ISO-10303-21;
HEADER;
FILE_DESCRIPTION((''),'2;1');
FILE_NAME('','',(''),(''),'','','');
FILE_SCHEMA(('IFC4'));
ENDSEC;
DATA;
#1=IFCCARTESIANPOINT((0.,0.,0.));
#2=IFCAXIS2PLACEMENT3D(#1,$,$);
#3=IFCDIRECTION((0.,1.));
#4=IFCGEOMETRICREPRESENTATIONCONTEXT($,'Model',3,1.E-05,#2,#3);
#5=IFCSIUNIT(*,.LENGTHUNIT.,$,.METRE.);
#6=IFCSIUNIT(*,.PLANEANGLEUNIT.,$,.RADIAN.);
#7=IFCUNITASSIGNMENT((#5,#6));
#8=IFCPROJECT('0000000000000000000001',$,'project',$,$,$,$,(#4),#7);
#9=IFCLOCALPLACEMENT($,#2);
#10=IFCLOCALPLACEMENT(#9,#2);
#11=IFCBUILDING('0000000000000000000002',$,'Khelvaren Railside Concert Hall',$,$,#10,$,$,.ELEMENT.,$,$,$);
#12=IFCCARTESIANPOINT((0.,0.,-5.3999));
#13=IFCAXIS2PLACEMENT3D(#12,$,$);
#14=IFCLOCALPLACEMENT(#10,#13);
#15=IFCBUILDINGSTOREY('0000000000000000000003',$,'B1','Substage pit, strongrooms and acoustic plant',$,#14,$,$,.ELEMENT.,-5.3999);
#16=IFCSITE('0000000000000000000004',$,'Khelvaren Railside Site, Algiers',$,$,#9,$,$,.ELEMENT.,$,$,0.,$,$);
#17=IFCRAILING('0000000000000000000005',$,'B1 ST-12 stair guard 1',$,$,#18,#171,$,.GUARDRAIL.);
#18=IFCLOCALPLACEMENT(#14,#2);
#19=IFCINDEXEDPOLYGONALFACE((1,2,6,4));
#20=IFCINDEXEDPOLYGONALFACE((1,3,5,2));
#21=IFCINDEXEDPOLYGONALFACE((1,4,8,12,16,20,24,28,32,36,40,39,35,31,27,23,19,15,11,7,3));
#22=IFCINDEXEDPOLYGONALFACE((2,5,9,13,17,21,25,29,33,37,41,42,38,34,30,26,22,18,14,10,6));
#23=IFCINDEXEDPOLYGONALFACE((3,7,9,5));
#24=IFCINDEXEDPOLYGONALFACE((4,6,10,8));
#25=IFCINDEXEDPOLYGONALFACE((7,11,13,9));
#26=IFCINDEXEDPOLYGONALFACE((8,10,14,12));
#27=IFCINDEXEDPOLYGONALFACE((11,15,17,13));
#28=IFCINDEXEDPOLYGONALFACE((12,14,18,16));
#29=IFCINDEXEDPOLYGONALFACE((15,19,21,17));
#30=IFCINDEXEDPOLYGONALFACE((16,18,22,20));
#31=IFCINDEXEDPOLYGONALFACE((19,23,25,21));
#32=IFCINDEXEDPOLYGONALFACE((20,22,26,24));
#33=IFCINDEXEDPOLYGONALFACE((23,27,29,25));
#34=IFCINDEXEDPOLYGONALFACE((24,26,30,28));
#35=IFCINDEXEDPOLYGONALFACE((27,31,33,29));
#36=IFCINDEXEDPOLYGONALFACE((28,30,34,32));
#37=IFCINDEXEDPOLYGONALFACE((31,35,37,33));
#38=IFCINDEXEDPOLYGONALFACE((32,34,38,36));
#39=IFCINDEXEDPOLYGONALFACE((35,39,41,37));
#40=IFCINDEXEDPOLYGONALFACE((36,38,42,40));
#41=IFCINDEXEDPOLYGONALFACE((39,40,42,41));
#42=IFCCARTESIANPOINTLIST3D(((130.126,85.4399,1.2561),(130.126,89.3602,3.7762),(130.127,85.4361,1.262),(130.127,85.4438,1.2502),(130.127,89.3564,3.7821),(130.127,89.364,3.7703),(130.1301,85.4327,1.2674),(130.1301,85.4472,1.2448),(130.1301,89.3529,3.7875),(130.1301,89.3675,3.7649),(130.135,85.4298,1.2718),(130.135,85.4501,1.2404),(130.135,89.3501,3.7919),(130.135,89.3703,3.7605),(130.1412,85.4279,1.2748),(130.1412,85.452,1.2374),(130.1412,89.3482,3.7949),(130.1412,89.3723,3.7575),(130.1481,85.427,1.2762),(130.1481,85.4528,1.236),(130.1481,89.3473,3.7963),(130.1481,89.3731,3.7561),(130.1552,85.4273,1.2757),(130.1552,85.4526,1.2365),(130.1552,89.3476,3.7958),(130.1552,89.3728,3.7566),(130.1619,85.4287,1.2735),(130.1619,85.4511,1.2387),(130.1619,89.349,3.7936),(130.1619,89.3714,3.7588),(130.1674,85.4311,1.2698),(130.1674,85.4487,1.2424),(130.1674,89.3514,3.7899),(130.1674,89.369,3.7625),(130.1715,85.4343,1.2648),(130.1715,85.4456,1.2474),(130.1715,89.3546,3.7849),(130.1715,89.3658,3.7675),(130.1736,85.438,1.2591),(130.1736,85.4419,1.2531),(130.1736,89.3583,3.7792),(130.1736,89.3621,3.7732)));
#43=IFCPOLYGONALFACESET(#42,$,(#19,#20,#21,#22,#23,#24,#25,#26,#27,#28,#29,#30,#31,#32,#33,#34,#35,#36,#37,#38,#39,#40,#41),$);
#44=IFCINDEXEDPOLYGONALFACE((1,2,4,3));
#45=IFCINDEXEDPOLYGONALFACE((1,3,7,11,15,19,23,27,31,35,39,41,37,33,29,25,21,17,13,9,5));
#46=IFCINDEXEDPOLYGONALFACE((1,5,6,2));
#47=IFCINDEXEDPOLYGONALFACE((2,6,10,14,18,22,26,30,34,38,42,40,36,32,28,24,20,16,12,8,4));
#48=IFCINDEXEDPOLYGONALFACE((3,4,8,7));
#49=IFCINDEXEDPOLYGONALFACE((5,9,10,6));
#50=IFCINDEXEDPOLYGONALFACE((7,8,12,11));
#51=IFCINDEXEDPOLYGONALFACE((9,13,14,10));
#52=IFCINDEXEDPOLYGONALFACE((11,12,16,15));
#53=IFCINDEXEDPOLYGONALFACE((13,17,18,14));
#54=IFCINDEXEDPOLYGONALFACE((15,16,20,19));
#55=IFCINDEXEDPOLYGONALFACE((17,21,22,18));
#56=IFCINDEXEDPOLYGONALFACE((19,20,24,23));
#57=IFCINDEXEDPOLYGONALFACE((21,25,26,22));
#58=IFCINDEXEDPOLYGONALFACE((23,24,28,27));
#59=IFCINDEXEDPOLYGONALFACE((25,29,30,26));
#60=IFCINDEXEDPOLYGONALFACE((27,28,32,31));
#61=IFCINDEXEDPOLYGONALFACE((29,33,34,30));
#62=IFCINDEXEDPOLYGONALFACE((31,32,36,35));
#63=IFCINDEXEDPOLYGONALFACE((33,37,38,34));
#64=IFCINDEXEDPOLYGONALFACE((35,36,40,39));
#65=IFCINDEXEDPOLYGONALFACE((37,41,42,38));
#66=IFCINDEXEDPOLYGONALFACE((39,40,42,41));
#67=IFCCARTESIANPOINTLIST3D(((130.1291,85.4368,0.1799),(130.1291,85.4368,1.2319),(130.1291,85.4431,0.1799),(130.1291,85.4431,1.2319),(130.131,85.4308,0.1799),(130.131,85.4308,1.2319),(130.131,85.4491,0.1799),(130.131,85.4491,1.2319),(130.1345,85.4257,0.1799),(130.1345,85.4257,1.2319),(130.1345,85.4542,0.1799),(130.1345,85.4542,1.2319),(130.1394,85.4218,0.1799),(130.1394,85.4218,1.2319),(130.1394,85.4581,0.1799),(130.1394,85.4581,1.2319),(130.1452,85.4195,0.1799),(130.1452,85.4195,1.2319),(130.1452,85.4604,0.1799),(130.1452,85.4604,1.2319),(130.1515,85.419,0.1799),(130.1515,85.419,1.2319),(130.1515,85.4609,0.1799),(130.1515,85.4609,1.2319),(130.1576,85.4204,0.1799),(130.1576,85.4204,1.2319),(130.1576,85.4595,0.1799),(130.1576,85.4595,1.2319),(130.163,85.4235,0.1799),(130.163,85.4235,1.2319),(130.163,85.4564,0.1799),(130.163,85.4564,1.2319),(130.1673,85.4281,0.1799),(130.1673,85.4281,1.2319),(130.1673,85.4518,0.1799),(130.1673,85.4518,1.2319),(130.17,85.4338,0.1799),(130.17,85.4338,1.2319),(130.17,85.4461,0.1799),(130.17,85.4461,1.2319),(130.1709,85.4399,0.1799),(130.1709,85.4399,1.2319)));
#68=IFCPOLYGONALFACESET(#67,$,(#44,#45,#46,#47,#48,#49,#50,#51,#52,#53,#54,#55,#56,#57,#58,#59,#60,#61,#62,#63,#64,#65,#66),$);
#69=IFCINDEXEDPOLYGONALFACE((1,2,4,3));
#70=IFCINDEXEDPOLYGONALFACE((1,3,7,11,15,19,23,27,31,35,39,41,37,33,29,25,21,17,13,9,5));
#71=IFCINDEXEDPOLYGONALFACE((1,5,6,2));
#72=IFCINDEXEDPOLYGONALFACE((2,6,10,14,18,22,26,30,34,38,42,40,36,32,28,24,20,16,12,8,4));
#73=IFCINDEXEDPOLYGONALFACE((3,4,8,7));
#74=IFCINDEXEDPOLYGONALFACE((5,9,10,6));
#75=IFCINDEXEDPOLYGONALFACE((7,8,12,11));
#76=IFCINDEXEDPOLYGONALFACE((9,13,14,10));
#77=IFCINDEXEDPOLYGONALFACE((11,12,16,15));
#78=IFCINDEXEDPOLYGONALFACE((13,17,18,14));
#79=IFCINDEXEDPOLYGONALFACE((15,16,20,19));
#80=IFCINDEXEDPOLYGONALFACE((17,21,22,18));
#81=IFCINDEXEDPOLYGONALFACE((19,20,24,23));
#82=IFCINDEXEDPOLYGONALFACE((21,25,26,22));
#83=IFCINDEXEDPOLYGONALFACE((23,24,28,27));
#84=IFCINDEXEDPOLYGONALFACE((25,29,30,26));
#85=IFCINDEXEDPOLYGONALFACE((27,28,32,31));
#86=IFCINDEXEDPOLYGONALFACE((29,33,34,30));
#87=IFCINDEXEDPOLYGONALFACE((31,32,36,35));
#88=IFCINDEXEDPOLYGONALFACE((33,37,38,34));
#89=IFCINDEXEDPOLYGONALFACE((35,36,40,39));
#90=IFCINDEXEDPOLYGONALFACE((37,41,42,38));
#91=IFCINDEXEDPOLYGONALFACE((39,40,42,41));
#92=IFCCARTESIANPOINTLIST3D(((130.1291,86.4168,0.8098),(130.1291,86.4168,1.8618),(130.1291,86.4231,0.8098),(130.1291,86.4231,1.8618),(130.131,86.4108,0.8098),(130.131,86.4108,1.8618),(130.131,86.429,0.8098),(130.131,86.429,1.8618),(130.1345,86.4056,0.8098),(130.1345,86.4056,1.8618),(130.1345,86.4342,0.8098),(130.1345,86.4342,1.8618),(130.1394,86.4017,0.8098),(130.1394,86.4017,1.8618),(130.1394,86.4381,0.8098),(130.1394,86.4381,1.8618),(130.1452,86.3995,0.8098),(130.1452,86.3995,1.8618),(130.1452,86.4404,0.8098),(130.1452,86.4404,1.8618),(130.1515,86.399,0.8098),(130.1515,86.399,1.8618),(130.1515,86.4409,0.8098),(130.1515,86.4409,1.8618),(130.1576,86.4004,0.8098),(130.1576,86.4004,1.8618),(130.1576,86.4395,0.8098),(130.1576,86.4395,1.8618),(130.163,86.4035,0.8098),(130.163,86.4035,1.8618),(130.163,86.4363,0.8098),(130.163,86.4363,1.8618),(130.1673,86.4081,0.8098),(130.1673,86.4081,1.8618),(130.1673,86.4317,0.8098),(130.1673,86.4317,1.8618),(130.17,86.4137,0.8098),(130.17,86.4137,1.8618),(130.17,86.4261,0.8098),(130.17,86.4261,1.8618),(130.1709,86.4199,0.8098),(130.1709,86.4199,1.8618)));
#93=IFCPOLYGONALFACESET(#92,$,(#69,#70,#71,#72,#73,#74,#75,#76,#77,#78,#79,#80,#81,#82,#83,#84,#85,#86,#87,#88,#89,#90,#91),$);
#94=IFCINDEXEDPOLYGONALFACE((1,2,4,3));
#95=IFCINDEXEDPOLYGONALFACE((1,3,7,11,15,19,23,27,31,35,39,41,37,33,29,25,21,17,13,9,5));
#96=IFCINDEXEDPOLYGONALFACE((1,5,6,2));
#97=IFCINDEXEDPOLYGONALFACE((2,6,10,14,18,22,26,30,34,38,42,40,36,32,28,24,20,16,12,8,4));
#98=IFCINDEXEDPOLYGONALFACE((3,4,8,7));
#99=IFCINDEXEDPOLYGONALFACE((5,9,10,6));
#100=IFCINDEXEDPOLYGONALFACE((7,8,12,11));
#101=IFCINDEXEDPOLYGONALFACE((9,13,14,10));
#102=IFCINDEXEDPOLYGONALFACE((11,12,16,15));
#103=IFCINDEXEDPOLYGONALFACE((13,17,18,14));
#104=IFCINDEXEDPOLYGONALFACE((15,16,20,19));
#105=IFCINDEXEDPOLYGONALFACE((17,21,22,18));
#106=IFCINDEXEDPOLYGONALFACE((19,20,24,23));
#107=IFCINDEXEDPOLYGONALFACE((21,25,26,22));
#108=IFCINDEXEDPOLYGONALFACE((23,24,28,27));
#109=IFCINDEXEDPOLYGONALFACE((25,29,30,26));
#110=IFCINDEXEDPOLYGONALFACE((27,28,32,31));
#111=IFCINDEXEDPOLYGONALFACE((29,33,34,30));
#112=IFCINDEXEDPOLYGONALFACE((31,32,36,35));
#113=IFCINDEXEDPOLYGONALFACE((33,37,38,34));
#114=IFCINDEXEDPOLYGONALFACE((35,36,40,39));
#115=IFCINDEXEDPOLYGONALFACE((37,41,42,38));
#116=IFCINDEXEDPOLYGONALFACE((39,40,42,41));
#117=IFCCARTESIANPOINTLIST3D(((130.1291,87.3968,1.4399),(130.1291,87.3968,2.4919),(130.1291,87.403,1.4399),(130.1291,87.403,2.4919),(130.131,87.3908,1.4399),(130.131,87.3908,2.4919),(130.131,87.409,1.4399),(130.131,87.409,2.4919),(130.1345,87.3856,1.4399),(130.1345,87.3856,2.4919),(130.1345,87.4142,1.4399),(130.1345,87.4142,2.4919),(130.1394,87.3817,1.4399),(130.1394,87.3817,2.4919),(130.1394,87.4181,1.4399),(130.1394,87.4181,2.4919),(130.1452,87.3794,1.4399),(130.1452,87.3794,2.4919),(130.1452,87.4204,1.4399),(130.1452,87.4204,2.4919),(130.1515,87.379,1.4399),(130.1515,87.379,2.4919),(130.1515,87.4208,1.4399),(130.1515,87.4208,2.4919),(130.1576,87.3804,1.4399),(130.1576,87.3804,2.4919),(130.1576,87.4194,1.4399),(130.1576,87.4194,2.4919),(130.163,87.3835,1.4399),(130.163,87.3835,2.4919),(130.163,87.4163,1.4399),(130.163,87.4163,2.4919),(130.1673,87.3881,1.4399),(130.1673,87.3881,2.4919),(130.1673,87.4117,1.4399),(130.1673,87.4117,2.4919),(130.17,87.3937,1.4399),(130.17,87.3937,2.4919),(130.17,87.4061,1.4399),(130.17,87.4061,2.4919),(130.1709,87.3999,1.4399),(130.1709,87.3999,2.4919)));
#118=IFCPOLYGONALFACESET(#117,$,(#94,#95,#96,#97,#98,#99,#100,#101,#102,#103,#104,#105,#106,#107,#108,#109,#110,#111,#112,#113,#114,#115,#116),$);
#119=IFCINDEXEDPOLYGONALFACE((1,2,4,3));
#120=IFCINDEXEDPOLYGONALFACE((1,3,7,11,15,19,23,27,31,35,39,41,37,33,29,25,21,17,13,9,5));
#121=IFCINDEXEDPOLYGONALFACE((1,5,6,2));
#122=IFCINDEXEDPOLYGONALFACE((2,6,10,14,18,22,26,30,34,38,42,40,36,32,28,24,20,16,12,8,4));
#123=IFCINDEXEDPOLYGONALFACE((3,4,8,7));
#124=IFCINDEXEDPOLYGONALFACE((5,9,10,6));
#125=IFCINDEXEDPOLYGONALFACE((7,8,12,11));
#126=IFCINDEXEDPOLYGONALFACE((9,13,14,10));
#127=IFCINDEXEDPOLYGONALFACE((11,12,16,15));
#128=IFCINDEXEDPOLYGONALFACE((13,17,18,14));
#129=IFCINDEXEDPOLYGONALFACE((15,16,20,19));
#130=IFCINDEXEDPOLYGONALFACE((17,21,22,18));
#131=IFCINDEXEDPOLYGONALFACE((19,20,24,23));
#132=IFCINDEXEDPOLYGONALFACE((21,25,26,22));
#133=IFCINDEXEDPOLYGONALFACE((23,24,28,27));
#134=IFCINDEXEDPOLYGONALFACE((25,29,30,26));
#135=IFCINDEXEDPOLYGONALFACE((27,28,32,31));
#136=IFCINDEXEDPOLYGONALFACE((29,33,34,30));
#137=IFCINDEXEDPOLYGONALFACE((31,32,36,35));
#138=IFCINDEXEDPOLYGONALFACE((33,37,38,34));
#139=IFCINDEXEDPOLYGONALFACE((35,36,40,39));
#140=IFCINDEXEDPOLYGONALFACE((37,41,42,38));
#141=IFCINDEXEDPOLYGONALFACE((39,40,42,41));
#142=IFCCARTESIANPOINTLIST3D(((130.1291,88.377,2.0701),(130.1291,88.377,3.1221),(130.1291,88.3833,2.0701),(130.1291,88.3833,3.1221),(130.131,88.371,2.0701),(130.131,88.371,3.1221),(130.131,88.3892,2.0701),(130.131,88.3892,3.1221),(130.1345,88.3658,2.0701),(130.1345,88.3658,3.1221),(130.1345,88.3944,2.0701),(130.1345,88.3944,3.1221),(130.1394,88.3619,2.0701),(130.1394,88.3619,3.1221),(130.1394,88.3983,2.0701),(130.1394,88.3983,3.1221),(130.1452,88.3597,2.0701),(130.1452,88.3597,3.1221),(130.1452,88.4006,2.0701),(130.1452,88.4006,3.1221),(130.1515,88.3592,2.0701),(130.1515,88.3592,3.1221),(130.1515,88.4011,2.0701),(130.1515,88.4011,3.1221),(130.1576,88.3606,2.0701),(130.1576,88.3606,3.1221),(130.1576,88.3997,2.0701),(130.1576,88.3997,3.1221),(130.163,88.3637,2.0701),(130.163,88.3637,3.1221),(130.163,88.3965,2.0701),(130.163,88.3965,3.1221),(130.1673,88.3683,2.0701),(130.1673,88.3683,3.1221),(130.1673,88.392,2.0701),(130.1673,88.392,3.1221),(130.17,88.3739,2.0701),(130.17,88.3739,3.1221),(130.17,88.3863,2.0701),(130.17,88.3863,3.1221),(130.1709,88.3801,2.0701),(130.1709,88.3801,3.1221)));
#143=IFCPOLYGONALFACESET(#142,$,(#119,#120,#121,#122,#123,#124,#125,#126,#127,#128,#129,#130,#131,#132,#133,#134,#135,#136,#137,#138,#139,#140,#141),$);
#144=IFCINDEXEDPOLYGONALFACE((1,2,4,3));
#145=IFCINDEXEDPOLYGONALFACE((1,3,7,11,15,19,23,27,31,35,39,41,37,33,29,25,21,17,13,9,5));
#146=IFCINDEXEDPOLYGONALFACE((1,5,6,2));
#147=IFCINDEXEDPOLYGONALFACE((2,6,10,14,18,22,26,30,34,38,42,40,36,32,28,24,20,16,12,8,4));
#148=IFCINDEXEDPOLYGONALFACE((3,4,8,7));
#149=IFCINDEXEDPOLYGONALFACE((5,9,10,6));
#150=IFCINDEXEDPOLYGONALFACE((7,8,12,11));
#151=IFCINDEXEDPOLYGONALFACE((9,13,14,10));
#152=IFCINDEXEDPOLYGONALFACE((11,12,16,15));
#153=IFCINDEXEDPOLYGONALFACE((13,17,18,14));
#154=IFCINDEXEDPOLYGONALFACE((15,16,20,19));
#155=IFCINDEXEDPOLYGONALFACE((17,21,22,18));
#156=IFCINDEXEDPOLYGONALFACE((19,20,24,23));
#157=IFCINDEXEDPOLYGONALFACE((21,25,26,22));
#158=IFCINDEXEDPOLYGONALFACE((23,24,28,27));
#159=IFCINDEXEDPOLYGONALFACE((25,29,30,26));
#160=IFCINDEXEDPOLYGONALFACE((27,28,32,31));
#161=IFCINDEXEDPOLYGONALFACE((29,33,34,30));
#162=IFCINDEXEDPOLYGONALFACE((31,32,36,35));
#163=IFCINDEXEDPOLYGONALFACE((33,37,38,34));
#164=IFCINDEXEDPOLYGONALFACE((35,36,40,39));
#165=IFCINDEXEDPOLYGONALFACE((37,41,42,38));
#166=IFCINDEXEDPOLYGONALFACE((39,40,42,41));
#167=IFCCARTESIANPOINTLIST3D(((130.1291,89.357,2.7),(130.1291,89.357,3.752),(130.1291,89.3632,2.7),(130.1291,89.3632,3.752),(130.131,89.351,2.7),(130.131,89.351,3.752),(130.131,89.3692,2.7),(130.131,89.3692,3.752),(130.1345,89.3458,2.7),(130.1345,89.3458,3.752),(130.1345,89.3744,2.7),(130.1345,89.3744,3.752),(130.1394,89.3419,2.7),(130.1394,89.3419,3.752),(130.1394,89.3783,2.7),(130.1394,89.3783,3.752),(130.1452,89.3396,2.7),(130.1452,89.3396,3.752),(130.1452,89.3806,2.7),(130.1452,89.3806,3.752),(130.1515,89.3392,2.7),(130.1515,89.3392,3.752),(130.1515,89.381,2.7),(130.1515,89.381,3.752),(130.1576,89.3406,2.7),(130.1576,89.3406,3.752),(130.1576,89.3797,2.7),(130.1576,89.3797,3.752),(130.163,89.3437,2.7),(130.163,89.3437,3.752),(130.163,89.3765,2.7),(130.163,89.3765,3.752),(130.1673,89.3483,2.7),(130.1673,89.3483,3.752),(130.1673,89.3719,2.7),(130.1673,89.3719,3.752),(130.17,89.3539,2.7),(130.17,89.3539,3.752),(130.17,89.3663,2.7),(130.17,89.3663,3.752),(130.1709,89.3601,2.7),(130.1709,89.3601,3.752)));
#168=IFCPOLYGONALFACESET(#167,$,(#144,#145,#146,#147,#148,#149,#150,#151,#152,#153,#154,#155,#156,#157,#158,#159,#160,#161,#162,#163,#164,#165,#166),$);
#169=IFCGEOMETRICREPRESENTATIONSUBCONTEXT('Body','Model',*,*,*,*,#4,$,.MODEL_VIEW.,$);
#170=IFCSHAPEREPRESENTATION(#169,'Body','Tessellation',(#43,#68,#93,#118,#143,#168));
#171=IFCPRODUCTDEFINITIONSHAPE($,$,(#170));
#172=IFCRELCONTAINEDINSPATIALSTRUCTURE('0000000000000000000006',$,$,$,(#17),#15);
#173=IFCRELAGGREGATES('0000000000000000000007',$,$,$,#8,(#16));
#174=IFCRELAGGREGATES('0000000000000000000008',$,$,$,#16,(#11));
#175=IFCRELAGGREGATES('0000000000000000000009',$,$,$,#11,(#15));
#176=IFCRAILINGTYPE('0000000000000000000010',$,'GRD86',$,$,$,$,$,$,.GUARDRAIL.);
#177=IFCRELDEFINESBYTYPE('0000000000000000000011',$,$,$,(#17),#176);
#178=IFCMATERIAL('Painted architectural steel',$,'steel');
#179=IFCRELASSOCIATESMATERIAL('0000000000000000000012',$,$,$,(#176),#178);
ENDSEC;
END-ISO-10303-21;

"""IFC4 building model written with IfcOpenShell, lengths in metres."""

from ifc_helpers import new_model, si_unit, direction, frame, origin, origin_2d, place, context, subcontext, project, spatial, circle, extrude, material, type_object, element, save


model = new_model("IFC4")

# Units and contexts
model_context = context("Model", 3, precision=1e-05, world=origin(), true_north=direction((0.0, 1.0)))
body_context = subcontext(model_context, "Body", "Model", "MODEL_VIEW")
ifc_project = project(units=[si_unit("LENGTHUNIT", "METRE"), si_unit("PLANEANGLEUNIT", "RADIAN")], contexts=[model_context])

# Site, building, storey
site_placement = place(None, origin())
site = spatial("IfcSite", under=ifc_project, at=site_placement, Name="Khelvaren Railside Site, Algiers", CompositionType="ELEMENT", RefElevation=0.0)
building_placement = place(site_placement, origin())
building = spatial("IfcBuilding", under=site, at=building_placement, Name="Khelvaren Railside Concert Hall", CompositionType="ELEMENT")
storey_placement = place(building_placement, frame((0.0, 0.0, -5.3999)))
storey = spatial("IfcBuildingStorey", under=building, at=storey_placement, Name="B1", Description="Substage pit, strongrooms and acoustic plant", CompositionType="ELEMENT", Elevation=-5.3999)

# Railing
ifc_material_1 = material(Name="Painted architectural steel", Category="steel")
railing_type_1 = type_object("IfcRailingType", Name="GRD86", PredefinedType="GUARDRAIL", material=ifc_material_1)
railing_1_placement = place(storey_placement, frame((130.1499, 85.4399, 0.1799)))
element("IfcRailing", 1, at=railing_1_placement, inside=storey, type_object=railing_type_1, Name="B1 ST-12 stair guard 1", PredefinedType="GUARDRAIL", context=body_context, shape_type="SweptSolid", body=[
    extrude(circle(Radius=0.0239, at=origin_2d()), frame((0.0, 0.0, 1.0762), z_axis=(0.0, 0.841187, 0.540744), x_axis=(-1.0, 0.0, 0.0)), (0.0, 0.0, 1.0), 4.6604),
    extrude(circle(Radius=0.021, at=origin_2d()), origin(), (0.0, 0.0, 1.0), 1.052),
    extrude(circle(Radius=0.021, at=origin_2d()), frame((0.0, 0.98, 0.6299)), (0.0, 0.0, 1.0), 1.052),
    extrude(circle(Radius=0.021, at=origin_2d()), frame((0.0, 1.96, 1.26)), (0.0, 0.0, 1.0), 1.052),
    extrude(circle(Radius=0.021, at=origin_2d()), frame((0.0, 2.9402, 1.8901)), (0.0, 0.0, 1.0), 1.052),
    extrude(circle(Radius=0.021, at=origin_2d()), frame((0.0, 3.9202, 2.52)), (0.0, 0.0, 1.0), 1.052),
])

save(model, "model.ifc")
